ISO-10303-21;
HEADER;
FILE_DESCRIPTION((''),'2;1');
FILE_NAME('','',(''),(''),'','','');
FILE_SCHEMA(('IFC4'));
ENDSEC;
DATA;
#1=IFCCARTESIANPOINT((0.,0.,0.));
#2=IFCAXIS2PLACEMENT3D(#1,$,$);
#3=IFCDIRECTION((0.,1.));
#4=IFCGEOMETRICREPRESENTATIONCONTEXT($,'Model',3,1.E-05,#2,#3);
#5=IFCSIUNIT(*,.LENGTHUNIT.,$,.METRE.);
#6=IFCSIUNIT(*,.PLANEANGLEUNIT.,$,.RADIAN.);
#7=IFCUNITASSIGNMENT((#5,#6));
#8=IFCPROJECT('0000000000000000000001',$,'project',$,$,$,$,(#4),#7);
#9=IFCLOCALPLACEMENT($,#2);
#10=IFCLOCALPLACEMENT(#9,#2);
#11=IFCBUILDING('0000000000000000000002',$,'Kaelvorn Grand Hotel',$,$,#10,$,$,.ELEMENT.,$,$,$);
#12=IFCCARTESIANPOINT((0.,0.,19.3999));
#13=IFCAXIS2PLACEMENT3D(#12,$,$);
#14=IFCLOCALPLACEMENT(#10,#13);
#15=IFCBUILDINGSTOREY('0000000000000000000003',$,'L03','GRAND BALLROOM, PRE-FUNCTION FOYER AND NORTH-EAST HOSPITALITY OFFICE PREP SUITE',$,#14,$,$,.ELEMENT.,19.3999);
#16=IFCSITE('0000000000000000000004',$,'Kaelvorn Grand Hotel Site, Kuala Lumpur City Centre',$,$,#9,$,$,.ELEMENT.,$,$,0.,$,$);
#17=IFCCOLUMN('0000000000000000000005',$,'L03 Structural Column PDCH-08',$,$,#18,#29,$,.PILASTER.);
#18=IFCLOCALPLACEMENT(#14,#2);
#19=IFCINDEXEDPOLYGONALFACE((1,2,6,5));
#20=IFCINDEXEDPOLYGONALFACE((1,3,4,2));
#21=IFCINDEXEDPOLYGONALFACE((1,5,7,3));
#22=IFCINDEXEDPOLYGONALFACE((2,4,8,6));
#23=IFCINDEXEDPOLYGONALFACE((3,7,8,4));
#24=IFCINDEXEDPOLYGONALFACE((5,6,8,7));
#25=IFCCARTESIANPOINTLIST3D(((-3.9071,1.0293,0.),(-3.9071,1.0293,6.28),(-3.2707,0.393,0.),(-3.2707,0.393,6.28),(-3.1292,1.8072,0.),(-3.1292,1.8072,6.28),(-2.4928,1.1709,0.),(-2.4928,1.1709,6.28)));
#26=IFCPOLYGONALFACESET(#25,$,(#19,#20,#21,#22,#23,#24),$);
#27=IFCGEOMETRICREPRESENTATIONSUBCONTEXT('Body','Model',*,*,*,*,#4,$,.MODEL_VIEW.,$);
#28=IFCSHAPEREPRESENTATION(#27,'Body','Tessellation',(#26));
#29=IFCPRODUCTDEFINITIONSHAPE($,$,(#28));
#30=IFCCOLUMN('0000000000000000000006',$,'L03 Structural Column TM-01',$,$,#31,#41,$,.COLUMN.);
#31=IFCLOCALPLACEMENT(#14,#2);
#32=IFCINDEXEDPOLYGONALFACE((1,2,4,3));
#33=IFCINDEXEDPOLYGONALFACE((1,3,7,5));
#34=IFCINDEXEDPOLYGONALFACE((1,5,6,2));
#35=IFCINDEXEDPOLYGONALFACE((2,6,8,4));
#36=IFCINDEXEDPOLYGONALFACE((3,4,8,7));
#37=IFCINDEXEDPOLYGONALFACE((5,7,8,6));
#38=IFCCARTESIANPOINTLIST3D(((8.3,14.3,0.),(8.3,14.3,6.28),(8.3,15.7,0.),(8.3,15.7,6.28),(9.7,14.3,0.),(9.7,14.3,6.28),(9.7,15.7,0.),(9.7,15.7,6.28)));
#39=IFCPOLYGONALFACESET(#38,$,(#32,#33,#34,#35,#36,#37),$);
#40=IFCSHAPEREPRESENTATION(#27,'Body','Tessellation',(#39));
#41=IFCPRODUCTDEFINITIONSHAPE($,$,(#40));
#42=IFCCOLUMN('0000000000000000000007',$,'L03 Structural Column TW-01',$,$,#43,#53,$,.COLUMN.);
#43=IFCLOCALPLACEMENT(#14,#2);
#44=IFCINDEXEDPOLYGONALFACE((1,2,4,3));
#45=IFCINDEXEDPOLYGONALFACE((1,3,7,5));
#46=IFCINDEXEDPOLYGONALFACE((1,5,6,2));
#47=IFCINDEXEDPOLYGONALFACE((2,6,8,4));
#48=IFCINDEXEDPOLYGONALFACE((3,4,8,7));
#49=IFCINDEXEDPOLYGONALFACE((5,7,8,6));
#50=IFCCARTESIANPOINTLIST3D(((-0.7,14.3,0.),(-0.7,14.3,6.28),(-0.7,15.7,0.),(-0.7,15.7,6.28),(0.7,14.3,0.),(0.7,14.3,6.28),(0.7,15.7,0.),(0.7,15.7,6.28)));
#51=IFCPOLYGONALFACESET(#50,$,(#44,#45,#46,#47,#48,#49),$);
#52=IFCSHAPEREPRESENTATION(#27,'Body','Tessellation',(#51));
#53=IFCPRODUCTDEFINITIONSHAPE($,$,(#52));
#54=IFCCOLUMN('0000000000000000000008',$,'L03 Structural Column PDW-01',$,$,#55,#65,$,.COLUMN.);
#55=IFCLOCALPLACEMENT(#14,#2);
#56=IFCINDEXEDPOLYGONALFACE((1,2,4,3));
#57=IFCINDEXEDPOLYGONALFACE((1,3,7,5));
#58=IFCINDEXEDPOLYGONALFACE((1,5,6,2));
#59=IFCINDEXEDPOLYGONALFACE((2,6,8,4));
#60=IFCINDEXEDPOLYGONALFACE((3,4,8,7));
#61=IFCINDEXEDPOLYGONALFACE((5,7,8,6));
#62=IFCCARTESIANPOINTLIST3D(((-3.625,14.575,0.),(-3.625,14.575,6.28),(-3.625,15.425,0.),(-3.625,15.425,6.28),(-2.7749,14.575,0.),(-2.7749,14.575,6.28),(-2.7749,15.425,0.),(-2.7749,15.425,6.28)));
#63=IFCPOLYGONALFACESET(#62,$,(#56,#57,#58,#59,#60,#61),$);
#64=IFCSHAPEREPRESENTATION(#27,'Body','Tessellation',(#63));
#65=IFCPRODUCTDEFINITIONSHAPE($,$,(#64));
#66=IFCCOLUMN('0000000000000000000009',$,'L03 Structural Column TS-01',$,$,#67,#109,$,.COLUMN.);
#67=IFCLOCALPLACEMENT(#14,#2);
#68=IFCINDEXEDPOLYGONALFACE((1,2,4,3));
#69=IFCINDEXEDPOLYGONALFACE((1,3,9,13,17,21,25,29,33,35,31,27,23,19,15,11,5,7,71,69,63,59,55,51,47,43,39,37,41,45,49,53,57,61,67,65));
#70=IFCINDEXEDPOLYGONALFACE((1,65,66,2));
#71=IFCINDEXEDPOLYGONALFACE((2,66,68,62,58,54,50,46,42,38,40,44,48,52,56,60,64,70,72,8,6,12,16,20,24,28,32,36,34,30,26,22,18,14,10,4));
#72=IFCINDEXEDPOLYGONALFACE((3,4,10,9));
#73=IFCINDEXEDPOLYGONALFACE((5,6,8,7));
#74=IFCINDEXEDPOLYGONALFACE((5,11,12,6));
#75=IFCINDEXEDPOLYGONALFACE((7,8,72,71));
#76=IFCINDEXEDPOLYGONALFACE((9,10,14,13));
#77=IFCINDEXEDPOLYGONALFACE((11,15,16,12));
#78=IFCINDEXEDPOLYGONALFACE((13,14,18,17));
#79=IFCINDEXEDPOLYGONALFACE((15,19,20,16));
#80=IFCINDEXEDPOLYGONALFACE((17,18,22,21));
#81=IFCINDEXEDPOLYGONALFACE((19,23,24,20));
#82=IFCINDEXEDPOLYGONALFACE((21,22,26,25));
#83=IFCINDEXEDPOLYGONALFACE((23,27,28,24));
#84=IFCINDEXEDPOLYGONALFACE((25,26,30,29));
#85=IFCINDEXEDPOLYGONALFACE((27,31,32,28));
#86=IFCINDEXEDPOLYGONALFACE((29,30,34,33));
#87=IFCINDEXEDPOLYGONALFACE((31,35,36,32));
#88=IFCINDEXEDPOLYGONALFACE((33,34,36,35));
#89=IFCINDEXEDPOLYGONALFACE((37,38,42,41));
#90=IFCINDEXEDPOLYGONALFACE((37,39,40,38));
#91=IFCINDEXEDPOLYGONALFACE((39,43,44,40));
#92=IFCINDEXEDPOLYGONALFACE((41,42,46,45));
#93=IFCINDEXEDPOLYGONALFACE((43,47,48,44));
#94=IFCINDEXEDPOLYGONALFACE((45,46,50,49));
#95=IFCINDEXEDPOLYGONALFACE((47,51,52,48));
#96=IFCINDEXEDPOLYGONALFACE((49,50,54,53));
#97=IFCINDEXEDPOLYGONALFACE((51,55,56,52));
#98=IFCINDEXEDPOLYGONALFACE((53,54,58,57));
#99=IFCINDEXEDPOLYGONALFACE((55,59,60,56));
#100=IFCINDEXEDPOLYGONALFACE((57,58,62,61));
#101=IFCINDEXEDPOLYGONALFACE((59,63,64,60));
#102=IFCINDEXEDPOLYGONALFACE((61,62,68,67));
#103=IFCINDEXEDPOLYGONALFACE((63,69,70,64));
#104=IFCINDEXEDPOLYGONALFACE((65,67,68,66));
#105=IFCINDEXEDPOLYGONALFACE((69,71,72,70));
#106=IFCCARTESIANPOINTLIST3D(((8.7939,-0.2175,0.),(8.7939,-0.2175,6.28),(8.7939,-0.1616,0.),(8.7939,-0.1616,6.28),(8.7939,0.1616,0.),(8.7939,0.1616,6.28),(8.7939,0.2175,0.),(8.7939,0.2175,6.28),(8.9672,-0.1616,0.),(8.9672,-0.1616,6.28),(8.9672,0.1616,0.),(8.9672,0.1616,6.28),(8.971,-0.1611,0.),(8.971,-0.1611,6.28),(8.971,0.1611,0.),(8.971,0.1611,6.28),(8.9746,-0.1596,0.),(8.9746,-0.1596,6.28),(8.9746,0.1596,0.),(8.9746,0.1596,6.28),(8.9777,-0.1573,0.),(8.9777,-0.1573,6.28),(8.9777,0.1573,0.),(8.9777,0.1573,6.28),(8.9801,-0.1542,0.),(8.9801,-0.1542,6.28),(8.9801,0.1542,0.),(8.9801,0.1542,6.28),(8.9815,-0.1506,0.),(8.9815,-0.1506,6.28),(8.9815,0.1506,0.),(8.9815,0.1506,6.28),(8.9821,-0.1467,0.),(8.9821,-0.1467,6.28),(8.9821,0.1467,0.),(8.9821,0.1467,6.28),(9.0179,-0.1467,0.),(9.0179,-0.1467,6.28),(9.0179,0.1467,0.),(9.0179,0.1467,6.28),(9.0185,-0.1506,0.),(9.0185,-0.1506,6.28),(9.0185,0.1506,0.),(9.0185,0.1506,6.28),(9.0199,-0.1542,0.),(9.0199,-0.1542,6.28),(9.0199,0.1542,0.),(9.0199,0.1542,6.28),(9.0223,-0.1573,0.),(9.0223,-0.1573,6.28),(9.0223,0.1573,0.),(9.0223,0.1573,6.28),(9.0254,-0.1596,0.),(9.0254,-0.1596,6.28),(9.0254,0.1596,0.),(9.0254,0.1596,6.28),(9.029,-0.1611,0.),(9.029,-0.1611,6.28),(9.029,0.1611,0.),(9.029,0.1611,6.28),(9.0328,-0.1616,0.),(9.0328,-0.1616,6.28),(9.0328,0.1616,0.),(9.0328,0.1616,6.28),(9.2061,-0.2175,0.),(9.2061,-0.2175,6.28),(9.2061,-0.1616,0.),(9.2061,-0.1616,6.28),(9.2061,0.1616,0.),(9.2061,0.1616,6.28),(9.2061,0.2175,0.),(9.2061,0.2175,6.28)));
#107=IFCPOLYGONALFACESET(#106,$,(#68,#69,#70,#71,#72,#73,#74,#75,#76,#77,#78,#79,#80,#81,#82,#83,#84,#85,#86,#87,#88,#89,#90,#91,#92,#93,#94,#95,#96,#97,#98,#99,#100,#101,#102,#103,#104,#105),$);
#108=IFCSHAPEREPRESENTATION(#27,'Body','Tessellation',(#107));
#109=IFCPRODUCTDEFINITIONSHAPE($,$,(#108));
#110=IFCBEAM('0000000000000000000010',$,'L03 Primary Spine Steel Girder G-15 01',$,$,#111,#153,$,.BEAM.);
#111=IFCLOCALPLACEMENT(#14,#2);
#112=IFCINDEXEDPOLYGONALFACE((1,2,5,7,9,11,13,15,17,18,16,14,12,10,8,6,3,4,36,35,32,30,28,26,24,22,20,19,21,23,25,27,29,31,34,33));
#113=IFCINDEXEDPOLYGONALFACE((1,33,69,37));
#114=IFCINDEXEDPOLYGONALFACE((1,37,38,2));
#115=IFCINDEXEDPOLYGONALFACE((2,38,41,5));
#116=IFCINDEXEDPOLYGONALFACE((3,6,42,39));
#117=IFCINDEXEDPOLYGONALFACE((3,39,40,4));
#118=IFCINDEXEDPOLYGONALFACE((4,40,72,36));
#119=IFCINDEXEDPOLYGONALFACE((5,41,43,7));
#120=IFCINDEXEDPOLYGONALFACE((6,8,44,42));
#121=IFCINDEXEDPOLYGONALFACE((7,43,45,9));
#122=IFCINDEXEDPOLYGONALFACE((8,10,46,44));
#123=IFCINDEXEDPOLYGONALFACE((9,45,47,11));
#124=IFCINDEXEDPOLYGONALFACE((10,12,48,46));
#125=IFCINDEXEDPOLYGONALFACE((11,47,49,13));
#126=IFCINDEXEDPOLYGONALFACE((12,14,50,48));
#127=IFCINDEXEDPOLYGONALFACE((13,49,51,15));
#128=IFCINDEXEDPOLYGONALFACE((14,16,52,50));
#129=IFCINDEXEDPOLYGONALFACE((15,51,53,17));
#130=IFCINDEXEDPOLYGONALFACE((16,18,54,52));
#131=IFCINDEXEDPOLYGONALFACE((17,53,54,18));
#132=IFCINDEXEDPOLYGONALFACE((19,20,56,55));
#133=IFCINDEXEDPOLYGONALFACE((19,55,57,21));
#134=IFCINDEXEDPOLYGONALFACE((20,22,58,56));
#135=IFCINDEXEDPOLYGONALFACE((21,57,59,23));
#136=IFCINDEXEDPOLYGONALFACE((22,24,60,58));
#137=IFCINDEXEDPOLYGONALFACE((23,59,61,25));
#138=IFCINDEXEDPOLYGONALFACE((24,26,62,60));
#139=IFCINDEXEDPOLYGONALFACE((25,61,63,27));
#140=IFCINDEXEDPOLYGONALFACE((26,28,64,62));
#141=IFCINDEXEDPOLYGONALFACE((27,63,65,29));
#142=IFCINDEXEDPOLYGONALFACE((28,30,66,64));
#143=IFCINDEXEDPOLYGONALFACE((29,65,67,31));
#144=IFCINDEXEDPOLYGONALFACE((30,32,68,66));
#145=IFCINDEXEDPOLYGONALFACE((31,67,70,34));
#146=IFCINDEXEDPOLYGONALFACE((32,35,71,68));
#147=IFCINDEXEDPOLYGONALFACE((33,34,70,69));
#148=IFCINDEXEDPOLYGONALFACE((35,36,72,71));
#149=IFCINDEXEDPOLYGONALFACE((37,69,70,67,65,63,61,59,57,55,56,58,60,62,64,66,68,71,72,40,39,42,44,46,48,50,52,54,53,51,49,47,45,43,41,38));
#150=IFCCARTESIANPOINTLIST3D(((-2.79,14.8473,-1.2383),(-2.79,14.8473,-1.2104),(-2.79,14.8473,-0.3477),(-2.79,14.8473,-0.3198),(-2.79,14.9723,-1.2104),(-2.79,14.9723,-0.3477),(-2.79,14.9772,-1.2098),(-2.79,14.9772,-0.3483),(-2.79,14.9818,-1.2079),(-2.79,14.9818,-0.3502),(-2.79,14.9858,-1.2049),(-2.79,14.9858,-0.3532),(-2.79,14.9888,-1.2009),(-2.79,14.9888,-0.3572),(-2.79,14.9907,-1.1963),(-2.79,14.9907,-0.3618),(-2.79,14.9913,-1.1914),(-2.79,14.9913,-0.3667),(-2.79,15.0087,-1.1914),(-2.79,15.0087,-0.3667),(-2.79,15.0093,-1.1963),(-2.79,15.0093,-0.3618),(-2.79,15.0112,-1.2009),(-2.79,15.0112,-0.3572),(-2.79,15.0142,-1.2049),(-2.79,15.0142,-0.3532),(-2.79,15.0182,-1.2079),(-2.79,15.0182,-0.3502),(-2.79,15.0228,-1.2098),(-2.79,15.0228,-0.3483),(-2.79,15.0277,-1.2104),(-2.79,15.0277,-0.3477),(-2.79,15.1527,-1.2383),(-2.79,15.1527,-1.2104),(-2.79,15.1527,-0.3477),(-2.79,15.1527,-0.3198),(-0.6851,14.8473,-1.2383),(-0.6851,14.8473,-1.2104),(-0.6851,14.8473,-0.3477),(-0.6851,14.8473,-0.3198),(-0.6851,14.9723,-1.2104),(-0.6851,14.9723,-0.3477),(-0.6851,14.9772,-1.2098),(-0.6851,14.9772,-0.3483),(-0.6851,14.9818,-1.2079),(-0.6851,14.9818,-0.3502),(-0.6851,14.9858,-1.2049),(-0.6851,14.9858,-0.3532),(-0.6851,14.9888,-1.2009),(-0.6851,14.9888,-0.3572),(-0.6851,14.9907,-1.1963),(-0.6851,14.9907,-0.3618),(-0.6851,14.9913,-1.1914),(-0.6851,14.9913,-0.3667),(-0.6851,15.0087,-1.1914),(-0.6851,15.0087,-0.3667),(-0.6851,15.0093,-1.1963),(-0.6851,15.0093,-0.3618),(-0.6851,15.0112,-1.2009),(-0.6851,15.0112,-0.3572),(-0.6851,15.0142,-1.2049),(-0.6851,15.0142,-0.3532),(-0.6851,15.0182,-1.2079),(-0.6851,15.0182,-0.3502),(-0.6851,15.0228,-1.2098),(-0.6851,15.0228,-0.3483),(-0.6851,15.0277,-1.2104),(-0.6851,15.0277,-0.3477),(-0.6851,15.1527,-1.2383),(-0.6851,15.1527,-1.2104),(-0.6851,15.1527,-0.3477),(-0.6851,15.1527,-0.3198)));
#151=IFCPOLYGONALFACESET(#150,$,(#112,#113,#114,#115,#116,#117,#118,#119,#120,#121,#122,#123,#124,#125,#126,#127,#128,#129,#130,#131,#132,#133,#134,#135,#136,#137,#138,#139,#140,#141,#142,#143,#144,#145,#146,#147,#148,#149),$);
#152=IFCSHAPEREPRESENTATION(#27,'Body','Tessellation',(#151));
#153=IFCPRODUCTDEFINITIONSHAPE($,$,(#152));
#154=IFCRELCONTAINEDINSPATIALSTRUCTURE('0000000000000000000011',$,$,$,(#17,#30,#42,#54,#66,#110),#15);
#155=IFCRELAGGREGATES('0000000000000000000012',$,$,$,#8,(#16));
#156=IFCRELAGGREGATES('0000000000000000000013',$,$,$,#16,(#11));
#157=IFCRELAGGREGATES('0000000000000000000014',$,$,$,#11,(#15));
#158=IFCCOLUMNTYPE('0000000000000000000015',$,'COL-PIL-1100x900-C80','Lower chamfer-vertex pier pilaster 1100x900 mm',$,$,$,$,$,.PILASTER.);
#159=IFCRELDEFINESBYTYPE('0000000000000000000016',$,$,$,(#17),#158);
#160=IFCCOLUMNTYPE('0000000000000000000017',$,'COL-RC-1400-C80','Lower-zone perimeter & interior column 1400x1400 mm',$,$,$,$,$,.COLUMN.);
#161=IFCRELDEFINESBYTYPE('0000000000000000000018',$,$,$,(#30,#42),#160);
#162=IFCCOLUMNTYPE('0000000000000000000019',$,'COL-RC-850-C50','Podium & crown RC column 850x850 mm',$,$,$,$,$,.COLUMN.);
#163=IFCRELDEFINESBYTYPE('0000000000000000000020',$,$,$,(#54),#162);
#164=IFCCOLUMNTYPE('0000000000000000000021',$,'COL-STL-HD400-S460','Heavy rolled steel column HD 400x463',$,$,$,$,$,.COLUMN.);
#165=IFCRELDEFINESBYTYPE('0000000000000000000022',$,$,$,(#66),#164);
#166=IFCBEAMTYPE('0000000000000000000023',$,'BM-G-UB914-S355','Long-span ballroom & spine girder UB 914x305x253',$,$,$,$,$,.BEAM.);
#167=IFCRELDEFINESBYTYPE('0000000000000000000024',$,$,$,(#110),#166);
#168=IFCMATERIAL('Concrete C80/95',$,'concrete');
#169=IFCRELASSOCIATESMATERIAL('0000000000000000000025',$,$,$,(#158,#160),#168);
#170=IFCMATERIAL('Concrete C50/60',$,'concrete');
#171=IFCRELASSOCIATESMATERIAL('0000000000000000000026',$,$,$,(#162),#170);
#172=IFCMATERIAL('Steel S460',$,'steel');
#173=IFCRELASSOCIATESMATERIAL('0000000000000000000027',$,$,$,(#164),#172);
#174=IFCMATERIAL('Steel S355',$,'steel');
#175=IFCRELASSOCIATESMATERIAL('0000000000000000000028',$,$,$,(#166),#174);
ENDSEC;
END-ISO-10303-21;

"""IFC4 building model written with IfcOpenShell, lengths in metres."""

from ifc_helpers import new_model, si_unit, direction, frame, origin, origin_2d, place, context, subcontext, project, spatial, rectangle, i_section, extrude, material, material_profile, profile_set, type_object, element, save


model = new_model("IFC4")

# Units and contexts
model_context = context("Model", 3, precision=1e-05, world=origin(), true_north=direction((0.0, 1.0)))
body_context = subcontext(model_context, "Body", "Model", "MODEL_VIEW")
ifc_project = project(units=[si_unit("LENGTHUNIT", "METRE"), si_unit("PLANEANGLEUNIT", "RADIAN")], contexts=[model_context])

# Site, building, storey
site_placement = place(None, origin())
site = spatial("IfcSite", under=ifc_project, at=site_placement, Name="Kaelvorn Grand Hotel Site, Kuala Lumpur City Centre", CompositionType="ELEMENT", RefElevation=0.0)
building_placement = place(site_placement, origin())
building = spatial("IfcBuilding", under=site, at=building_placement, Name="Kaelvorn Grand Hotel", CompositionType="ELEMENT")
storey_placement = place(building_placement, frame((0.0, 0.0, 19.3999)))
storey = spatial("IfcBuildingStorey", under=building, at=storey_placement, Name="L03", Description="GRAND BALLROOM, PRE-FUNCTION FOYER AND NORTH-EAST HOSPITALITY OFFICE PREP SUITE", CompositionType="ELEMENT", Elevation=19.3999)

# Columns
ifc_material_1 = material(Name="Concrete C80/95", Category="concrete")
ifc_material_profile_1 = material_profile(ifc_material_1, rectangle(XDim=1.1001, YDim=0.8999, at=origin_2d()), Name="RC PILASTER 1100x900")
ifc_profile_set_1 = profile_set([ifc_material_profile_1], Name="Concrete C80/95")
column_type_1 = type_object("IfcColumnType", Name="COL-PIL-1100x900-C80", Description="Lower chamfer-vertex pier pilaster 1100x900 mm", PredefinedType="PILASTER", material=ifc_profile_set_1)
column_1_placement = place(storey_placement, frame((-3.2, 1.1001, 0.0), z_axis=(0.0, 0.0, 1.0), x_axis=(0.707107, 0.707107, 0.0)))
element("IfcColumn", 1, at=column_1_placement, inside=storey, type_object=column_type_1, Name="L03 Structural Column PDCH-08", PredefinedType="PILASTER", context=body_context, shape_type="SweptSolid", body=[
    extrude(rectangle(XDim=1.1001, YDim=0.8999, at=origin_2d()), origin(), (0.0, 0.0, 1.0), 6.28),
])
ifc_material_profile_2 = material_profile(ifc_material_1, rectangle(XDim=1.3999, YDim=1.3999, at=origin_2d()), Name="RC COL 1400x1400")
ifc_profile_set_2 = profile_set([ifc_material_profile_2], Name="Concrete C80/95")
column_type_2 = type_object("IfcColumnType", Name="COL-RC-1400-C80", Description="Lower-zone perimeter & interior column 1400x1400 mm", PredefinedType="COLUMN", material=ifc_profile_set_2)
for number, where, z_axis, x_axis, name in (
    (2, (9.0, 15.0, 0.0), (0.0, 0.0, 1.0), (1.0, 0.0, 0.0), "L03 Structural Column TM-01"),
    (3, (0.0, 15.0, 0.0), (0.0, 0.0, 1.0), (1.0, 0.0, 0.0), "L03 Structural Column TW-01"),
):
    element("IfcColumn", number, at=place(storey_placement, frame(where, z_axis=z_axis, x_axis=x_axis)), inside=storey, type_object=column_type_2, Name=name, PredefinedType="COLUMN", context=body_context, shape_type="SweptSolid", body=[
        extrude(rectangle(XDim=1.3999, YDim=1.3999, at=origin_2d()), origin(), (0.0, 0.0, 1.0), 6.28),
    ])
ifc_material_2 = material(Name="Concrete C50/60", Category="concrete")
ifc_material_profile_3 = material_profile(ifc_material_2, rectangle(XDim=0.8501, YDim=0.8501, at=origin_2d()), Name="RC COL 850x850")
ifc_profile_set_3 = profile_set([ifc_material_profile_3], Name="Concrete C50/60")
column_type_3 = type_object("IfcColumnType", Name="COL-RC-850-C50", Description="Podium & crown RC column 850x850 mm", PredefinedType="COLUMN", material=ifc_profile_set_3)
column_2_placement = place(storey_placement, frame((-3.2, 15.0, 0.0), z_axis=(0.0, 0.0, 1.0), x_axis=(1.0, 0.0, 0.0)))
element("IfcColumn", 4, at=column_2_placement, inside=storey, type_object=column_type_3, Name="L03 Structural Column PDW-01", PredefinedType="COLUMN", context=body_context, shape_type="SweptSolid", body=[
    extrude(rectangle(XDim=0.8501, YDim=0.8501, at=origin_2d()), origin(), (0.0, 0.0, 1.0), 6.28),
])
ifc_material_3 = material(Name="Steel S460", Category="steel")
ifc_material_profile_4 = material_profile(ifc_material_3, i_section(OverallWidth=0.4121, OverallDepth=0.4351, WebThickness=0.0359, FlangeThickness=0.0559, FilletRadius=0.0149, at=origin_2d()), Name="HD 400x463")
ifc_profile_set_4 = profile_set([ifc_material_profile_4], Name="Steel S460")
column_type_4 = type_object("IfcColumnType", Name="COL-STL-HD400-S460", Description="Heavy rolled steel column HD 400x463", PredefinedType="COLUMN", material=ifc_profile_set_4)
column_3_placement = place(storey_placement, frame((9.0, 0.0, 0.0), z_axis=(0.0, 0.0, 1.0), x_axis=(1.0, 0.0, 0.0)))
element("IfcColumn", 5, at=column_3_placement, inside=storey, type_object=column_type_4, Name="L03 Structural Column TS-01", PredefinedType="COLUMN", context=body_context, shape_type="SweptSolid", body=[
    extrude(i_section(OverallWidth=0.4121, OverallDepth=0.4351, WebThickness=0.0359, FlangeThickness=0.0559, FilletRadius=0.0149, at=origin_2d()), origin(), (0.0, 0.0, 1.0), 6.28),
])

# Beam
ifc_material_4 = material(Name="Steel S355", Category="steel")
ifc_material_profile_5 = material_profile(ifc_material_4, i_section(OverallWidth=0.3054, OverallDepth=0.9185, WebThickness=0.0173, FlangeThickness=0.0278, FilletRadius=0.019, at=origin_2d()), Name="UB 914x305x253")
ifc_profile_set_5 = profile_set([ifc_material_profile_5], Name="Steel S355")
beam_type_1 = type_object("IfcBeamType", Name="BM-G-UB914-S355", Description="Long-span ballroom & spine girder UB 914x305x253", PredefinedType="BEAM", material=ifc_profile_set_5)
beam_1_placement = place(storey_placement, frame((-2.79, 15.0, -0.7791), z_axis=(1.0, 0.0, 0.0), x_axis=(0.0, 1.0, 0.0)))
element("IfcBeam", 6, at=beam_1_placement, inside=storey, type_object=beam_type_1, Name="L03 Primary Spine Steel Girder G-15 01", PredefinedType="BEAM", context=body_context, shape_type="SweptSolid", body=[
    extrude(i_section(OverallWidth=0.3054, OverallDepth=0.9185, WebThickness=0.0173, FlangeThickness=0.0278, FilletRadius=0.019, at=origin_2d()), origin(), (0.0, 0.0, 1.0), 2.105),
])

save(model, "model.ifc")
